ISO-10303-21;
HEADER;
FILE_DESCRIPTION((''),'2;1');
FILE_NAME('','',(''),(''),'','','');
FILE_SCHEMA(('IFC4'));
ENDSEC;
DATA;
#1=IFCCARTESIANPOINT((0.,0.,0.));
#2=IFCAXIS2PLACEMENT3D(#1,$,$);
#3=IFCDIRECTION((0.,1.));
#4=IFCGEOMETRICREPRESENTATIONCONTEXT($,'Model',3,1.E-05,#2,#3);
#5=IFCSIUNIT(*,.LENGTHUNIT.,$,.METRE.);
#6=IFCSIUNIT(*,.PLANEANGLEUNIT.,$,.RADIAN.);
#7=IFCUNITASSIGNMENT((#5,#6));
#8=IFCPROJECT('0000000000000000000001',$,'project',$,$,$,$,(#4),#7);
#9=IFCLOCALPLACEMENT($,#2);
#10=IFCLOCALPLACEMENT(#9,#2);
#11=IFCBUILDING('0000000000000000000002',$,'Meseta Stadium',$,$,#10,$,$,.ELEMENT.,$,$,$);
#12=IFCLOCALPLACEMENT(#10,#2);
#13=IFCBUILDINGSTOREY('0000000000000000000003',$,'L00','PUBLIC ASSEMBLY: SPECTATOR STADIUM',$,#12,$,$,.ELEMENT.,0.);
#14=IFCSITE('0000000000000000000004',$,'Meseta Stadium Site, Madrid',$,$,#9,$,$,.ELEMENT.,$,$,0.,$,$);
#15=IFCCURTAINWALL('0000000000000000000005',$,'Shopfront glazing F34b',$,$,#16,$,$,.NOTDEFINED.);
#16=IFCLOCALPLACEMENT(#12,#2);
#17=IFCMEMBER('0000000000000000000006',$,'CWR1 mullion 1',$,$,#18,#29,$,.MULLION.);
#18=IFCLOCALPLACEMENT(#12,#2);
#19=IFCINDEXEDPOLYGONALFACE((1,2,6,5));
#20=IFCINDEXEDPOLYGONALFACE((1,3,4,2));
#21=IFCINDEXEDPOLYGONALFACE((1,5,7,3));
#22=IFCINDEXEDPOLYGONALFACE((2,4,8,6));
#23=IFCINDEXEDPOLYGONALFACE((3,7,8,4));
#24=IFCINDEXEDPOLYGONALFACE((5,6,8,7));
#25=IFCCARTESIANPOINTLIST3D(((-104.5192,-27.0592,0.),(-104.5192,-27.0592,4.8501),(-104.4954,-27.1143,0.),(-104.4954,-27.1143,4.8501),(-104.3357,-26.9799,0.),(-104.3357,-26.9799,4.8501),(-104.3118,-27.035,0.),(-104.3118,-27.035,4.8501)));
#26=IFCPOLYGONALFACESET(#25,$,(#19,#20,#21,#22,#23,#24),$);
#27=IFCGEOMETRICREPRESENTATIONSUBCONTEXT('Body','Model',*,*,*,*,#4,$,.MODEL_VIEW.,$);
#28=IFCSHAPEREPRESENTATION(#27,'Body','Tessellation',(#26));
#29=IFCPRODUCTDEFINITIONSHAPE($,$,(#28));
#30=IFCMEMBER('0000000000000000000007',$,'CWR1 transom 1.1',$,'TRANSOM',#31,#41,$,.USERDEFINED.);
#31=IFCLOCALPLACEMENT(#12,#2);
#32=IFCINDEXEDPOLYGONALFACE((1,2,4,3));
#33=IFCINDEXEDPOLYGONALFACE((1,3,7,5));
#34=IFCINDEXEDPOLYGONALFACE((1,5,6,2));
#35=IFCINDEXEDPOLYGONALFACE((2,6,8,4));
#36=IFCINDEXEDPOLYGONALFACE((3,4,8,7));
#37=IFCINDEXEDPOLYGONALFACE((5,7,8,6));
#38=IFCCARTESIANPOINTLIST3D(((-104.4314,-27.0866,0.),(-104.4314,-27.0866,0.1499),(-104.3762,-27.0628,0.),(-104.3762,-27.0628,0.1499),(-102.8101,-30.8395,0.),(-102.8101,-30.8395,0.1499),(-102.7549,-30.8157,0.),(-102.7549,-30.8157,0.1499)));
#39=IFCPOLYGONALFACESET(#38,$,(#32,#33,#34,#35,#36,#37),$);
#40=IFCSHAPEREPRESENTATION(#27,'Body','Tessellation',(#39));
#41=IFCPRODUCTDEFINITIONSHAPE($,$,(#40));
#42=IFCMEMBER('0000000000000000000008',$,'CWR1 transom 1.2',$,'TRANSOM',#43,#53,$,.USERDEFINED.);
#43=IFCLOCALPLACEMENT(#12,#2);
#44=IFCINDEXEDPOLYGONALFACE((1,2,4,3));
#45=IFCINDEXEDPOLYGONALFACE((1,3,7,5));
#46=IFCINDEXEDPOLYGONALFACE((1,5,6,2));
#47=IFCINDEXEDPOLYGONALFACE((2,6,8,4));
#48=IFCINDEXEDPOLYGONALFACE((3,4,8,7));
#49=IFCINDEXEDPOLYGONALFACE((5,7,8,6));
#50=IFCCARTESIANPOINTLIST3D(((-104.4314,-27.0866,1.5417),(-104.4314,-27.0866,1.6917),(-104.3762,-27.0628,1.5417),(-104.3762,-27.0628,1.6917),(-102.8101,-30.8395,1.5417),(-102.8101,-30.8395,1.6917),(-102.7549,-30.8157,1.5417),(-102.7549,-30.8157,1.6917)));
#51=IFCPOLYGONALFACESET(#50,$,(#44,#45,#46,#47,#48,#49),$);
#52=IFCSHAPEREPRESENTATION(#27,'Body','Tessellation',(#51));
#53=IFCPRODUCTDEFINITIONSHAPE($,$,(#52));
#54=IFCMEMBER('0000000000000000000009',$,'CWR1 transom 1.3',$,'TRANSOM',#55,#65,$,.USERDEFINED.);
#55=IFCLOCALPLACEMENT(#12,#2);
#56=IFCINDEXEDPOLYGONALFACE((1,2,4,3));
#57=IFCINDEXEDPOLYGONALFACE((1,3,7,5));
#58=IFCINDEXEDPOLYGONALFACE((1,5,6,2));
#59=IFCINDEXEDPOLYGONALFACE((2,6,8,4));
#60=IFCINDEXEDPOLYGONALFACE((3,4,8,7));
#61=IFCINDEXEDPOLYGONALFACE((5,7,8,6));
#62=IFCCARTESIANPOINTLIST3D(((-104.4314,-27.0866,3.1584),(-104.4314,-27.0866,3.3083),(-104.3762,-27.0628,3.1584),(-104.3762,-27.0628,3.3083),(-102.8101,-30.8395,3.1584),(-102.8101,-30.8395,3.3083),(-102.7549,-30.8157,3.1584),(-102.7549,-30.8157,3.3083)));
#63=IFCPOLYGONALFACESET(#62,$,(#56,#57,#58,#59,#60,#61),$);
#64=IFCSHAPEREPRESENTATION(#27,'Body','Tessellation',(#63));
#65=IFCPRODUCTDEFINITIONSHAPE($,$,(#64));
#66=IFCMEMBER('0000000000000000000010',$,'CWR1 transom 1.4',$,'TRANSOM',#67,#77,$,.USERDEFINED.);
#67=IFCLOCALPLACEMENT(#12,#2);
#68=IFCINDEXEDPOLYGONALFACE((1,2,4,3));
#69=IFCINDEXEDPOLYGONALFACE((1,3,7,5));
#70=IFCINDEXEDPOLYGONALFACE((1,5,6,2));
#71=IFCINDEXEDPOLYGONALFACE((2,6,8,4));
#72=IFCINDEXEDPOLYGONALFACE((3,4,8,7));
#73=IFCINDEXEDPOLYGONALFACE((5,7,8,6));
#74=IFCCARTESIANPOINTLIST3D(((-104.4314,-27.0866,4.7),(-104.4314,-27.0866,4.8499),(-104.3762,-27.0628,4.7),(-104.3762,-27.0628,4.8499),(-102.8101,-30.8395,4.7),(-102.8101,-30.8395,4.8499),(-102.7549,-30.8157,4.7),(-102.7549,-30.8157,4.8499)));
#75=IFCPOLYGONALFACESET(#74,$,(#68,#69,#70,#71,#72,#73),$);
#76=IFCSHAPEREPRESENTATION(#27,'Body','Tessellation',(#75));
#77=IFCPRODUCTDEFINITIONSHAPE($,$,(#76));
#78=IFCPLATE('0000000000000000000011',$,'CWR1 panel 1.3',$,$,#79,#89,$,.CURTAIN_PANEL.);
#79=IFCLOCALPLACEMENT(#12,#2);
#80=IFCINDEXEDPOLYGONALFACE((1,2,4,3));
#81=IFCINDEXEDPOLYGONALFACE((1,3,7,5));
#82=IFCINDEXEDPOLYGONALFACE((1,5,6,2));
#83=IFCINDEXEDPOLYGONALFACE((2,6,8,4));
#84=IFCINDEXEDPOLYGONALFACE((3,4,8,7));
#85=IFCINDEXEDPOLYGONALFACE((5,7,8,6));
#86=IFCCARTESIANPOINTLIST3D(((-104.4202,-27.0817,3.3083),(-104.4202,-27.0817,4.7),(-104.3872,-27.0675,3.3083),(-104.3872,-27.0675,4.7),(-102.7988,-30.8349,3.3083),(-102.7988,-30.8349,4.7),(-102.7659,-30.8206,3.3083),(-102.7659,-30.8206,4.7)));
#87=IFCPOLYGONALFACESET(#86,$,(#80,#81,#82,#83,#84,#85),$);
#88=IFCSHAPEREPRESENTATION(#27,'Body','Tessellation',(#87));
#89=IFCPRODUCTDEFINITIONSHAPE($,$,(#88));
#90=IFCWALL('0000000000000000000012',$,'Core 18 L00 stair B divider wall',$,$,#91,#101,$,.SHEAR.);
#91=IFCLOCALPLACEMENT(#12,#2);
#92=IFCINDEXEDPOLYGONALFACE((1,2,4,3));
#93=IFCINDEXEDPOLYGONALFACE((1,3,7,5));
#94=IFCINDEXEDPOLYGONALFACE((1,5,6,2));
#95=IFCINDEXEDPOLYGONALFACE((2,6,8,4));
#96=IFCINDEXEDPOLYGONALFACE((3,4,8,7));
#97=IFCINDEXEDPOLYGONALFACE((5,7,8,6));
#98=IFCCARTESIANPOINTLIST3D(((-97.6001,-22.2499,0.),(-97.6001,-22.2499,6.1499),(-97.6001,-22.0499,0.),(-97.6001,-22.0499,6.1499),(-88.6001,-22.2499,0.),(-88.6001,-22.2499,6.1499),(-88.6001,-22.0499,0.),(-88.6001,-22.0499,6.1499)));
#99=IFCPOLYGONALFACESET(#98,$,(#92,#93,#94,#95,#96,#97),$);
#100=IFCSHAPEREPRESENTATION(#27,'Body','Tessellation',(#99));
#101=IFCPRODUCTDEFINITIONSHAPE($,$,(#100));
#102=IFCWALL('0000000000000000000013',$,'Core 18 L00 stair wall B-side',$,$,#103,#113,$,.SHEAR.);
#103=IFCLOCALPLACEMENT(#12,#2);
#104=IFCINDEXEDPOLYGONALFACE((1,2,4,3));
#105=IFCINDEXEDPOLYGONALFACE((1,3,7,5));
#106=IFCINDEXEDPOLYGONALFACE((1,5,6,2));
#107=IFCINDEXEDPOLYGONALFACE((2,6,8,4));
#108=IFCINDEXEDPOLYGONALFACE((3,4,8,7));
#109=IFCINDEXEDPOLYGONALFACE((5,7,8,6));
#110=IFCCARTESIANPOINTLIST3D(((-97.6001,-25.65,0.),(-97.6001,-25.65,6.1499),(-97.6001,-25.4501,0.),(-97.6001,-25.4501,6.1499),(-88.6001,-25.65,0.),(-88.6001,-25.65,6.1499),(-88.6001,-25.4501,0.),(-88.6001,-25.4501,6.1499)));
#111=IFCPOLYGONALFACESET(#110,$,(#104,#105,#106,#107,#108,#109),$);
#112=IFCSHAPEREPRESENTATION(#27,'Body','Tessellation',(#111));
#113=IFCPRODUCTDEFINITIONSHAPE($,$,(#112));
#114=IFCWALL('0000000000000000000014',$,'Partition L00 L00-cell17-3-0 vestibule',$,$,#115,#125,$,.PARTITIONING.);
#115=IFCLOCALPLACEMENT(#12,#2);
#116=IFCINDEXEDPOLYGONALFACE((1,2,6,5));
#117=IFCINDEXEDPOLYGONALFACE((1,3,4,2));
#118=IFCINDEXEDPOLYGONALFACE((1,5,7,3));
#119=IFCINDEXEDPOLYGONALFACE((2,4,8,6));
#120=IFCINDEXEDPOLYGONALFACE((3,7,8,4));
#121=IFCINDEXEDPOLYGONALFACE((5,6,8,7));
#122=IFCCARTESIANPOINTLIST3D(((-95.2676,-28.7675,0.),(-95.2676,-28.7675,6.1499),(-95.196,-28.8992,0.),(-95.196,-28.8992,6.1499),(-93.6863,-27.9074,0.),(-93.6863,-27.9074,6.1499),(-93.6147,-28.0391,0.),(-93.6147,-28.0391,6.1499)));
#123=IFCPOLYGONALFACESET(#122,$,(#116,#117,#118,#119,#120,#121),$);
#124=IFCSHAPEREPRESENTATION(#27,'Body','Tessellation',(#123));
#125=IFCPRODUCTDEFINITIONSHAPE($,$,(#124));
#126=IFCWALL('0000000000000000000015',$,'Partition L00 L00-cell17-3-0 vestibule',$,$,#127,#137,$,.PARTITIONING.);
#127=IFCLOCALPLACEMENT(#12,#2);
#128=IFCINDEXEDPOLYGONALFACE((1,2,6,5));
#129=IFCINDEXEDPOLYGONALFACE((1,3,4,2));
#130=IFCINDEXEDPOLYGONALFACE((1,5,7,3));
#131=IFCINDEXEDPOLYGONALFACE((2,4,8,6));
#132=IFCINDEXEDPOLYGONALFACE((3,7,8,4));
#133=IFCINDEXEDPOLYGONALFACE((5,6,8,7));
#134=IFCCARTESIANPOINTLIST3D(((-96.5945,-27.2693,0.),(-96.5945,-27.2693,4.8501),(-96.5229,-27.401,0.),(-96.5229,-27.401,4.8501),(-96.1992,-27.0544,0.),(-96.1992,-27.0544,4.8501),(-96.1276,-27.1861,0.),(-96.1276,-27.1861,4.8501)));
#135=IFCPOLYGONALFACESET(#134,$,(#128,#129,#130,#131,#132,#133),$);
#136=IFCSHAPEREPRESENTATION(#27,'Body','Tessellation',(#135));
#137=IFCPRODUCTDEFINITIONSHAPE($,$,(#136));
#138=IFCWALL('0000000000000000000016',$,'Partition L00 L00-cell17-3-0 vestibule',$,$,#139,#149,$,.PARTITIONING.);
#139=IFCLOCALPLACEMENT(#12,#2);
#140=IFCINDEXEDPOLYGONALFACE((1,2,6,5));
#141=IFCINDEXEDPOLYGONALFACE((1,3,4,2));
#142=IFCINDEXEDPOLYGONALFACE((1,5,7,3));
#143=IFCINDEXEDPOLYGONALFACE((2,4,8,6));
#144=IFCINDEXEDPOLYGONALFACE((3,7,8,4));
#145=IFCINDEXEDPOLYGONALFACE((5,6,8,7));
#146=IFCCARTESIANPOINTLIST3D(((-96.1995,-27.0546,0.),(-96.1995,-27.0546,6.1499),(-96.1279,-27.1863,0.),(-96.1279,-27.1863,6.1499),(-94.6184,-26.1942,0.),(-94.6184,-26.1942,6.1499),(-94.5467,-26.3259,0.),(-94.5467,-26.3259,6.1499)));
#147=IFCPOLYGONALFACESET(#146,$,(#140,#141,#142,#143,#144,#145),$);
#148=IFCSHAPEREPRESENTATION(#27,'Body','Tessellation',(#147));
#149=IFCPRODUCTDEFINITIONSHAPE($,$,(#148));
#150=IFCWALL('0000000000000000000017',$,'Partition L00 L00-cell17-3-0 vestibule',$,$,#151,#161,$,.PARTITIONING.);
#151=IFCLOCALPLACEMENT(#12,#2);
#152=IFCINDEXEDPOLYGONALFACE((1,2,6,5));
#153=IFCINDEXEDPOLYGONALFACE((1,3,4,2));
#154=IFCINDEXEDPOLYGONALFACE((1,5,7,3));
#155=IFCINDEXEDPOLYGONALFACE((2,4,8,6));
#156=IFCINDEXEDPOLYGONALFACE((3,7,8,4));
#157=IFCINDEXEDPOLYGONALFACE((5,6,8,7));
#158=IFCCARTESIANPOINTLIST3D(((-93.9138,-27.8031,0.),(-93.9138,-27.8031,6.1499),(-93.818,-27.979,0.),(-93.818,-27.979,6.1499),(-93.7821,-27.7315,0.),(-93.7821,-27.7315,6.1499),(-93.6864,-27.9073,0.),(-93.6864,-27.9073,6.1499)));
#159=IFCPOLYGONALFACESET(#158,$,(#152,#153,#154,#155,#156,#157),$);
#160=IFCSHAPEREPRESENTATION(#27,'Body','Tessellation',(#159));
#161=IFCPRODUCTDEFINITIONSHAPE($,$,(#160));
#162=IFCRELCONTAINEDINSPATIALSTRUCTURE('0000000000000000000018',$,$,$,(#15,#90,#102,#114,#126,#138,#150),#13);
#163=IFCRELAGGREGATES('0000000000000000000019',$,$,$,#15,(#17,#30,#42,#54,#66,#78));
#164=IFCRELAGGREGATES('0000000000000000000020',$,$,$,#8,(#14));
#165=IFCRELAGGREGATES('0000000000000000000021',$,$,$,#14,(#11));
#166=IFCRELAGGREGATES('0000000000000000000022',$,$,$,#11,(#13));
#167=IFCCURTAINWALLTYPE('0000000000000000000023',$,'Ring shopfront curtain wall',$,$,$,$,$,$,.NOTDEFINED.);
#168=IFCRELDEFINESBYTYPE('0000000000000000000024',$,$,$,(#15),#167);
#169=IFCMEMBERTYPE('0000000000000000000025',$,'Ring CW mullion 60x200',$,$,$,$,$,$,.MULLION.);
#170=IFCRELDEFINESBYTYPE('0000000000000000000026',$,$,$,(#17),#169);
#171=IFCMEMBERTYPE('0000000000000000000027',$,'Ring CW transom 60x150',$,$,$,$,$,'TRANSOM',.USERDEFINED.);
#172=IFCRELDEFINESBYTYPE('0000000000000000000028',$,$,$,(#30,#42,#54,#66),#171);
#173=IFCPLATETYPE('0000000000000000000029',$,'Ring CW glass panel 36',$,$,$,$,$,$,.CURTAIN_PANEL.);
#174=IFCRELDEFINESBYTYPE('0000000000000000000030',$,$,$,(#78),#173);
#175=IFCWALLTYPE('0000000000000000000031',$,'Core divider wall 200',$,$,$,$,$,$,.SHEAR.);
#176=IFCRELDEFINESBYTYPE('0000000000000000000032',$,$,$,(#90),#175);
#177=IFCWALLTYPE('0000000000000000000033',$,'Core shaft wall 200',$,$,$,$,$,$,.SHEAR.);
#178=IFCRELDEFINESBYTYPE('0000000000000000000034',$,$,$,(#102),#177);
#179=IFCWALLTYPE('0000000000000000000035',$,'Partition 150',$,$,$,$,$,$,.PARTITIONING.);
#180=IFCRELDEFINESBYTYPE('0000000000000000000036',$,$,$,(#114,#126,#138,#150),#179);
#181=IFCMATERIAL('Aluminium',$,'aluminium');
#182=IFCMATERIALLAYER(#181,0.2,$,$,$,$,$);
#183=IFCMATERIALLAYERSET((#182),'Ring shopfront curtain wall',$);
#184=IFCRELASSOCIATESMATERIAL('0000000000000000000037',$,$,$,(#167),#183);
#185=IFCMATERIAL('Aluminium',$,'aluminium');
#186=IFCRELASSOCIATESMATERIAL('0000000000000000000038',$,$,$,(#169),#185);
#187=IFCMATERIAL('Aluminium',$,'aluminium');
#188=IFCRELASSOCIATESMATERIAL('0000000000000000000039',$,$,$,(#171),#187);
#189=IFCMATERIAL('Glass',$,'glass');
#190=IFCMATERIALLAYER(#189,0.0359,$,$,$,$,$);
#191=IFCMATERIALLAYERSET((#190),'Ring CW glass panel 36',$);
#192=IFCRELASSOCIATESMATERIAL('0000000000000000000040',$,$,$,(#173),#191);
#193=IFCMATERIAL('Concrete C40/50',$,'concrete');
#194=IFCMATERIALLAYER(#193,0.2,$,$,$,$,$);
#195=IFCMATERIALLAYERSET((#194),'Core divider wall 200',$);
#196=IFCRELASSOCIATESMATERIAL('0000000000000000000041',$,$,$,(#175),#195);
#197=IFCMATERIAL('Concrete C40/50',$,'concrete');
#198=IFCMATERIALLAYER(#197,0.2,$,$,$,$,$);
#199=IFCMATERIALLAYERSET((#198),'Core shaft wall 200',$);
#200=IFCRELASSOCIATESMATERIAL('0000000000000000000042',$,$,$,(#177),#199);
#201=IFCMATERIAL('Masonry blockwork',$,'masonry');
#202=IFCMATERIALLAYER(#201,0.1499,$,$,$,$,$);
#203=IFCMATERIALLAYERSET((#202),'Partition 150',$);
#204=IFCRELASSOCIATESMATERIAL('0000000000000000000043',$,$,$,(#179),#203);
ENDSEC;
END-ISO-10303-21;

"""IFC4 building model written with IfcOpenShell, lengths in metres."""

from ifc_helpers import new_model, si_unit, direction, frame, frame_2d, origin, origin_2d, place, context, subcontext, project, spatial, rectangle, extrude, material, layer, layer_set, material_profile, profile_set, type_object, element, aggregate, save


model = new_model("IFC4")

# Units and contexts
model_context = context("Model", 3, precision=1e-05, world=origin(), true_north=direction((0.0, 1.0)))
body_context = subcontext(model_context, "Body", "Model", "MODEL_VIEW")
ifc_project = project(units=[si_unit("LENGTHUNIT", "METRE"), si_unit("PLANEANGLEUNIT", "RADIAN")], contexts=[model_context])

# Site, building, storey
site_placement = place(None, origin())
site = spatial("IfcSite", under=ifc_project, at=site_placement, Name="Meseta Stadium Site, Madrid", CompositionType="ELEMENT", RefElevation=0.0)
building_placement = place(site_placement, origin())
building = spatial("IfcBuilding", under=site, at=building_placement, Name="Meseta Stadium", CompositionType="ELEMENT")
storey_placement = place(building_placement, origin())
storey = spatial("IfcBuildingStorey", under=building, at=storey_placement, Name="L00", Description="PUBLIC ASSEMBLY: SPECTATOR STADIUM", CompositionType="ELEMENT", Elevation=0.0)

# Curtain wall, members, plate
ifc_material_1 = material(Name="Aluminium", Category="aluminium")
ifc_layer_1 = layer(ifc_material_1, 0.2)
ifc_layer_set_1 = layer_set([ifc_layer_1], Name="Ring shopfront curtain wall")
curtain_wall_type = type_object("IfcCurtainWallType", Name="Ring shopfront curtain wall", PredefinedType="NOTDEFINED", material=ifc_layer_set_1)
curtain_wall_placement = place(storey_placement, origin())
curtain_wall = element("IfcCurtainWall", 1, at=curtain_wall_placement, inside=storey, type_object=curtain_wall_type, Name="Shopfront glazing F34b", PredefinedType="NOTDEFINED")
ifc_material_2 = material(Name="Aluminium", Category="aluminium")
ifc_material_profile_1 = material_profile(ifc_material_2, rectangle(XDim=0.2, YDim=0.0601, at=origin_2d()), Name="CW 200x60")
ifc_profile_set_1 = profile_set([ifc_material_profile_1], Name="Aluminium")
member_type_1 = type_object("IfcMemberType", Name="Ring CW mullion 60x200", PredefinedType="MULLION", material=ifc_profile_set_1)
member_1_placement = place(storey_placement, frame((-104.4155, -27.0471, 0.0), z_axis=(0.0, 0.0, 1.0), x_axis=(0.918002, 0.396576, 0.0)))
member_1 = element("IfcMember", 2, at=member_1_placement, type_object=member_type_1, Name="CWR1 mullion 1", PredefinedType="MULLION", context=body_context, shape_type="SweptSolid", body=[
    extrude(rectangle(XDim=0.2, YDim=0.0601, at=origin_2d()), origin(), (0.0, 0.0, 1.0), 4.8501),
])
ifc_material_3 = material(Name="Aluminium", Category="aluminium")
ifc_material_profile_2 = material_profile(ifc_material_3, rectangle(XDim=0.0601, YDim=0.1499, at=origin_2d()), Name="CW 60x150")
ifc_profile_set_2 = profile_set([ifc_material_profile_2], Name="Aluminium")
member_type_2 = type_object("IfcMemberType", Name="Ring CW transom 60x150", ElementType="TRANSOM", PredefinedType="USERDEFINED", material=ifc_profile_set_2)
member_2_placement = place(storey_placement, frame((-104.4038, -27.0747, 0.075), z_axis=(0.396592, -0.917995, 0.0), x_axis=(0.917995, 0.396592, 0.0)))
member_2 = element("IfcMember", 3, at=member_2_placement, type_object=member_type_2, Name="CWR1 transom 1.1", ObjectType="TRANSOM", PredefinedType="USERDEFINED", context=body_context, shape_type="SweptSolid", body=[
    extrude(rectangle(XDim=0.0601, YDim=0.1499, at=origin_2d()), origin(), (0.0, 0.0, 1.0), 4.0881),
])
member_3_placement = place(storey_placement, frame((-104.4038, -27.0747, 1.6167), z_axis=(0.396592, -0.917995, 0.0), x_axis=(0.917995, 0.396592, 0.0)))
member_3 = element("IfcMember", 4, at=member_3_placement, type_object=member_type_2, Name="CWR1 transom 1.2", ObjectType="TRANSOM", PredefinedType="USERDEFINED", context=body_context, shape_type="SweptSolid", body=[
    extrude(rectangle(XDim=0.0601, YDim=0.1499, at=origin_2d()), origin(), (0.0, 0.0, 1.0), 4.0881),
])
member_4_placement = place(storey_placement, frame((-104.4038, -27.0747, 3.2334), z_axis=(0.396592, -0.917995, 0.0), x_axis=(0.917995, 0.396592, 0.0)))
member_4 = element("IfcMember", 5, at=member_4_placement, type_object=member_type_2, Name="CWR1 transom 1.3", ObjectType="TRANSOM", PredefinedType="USERDEFINED", context=body_context, shape_type="SweptSolid", body=[
    extrude(rectangle(XDim=0.0601, YDim=0.1499, at=origin_2d()), origin(), (0.0, 0.0, 1.0), 4.0881),
])
member_5_placement = place(storey_placement, frame((-104.4038, -27.0747, 4.7749), z_axis=(0.396592, -0.917995, 0.0), x_axis=(0.917995, 0.396592, 0.0)))
member_5 = element("IfcMember", 6, at=member_5_placement, type_object=member_type_2, Name="CWR1 transom 1.4", ObjectType="TRANSOM", PredefinedType="USERDEFINED", context=body_context, shape_type="SweptSolid", body=[
    extrude(rectangle(XDim=0.0601, YDim=0.1499, at=origin_2d()), origin(), (0.0, 0.0, 1.0), 4.0881),
])
ifc_material_4 = material(Name="Glass", Category="glass")
ifc_layer_2 = layer(ifc_material_4, 0.0359)
ifc_layer_set_2 = layer_set([ifc_layer_2], Name="Ring CW glass panel 36")
plate_type = type_object("IfcPlateType", Name="Ring CW glass panel 36", PredefinedType="CURTAIN_PANEL", material=ifc_layer_set_2)
plate_placement = place(storey_placement, frame((-103.593, -28.9512, 3.3083), z_axis=(0.0, 0.0, 1.0), x_axis=(0.396576, -0.918002, 0.0)))
plate = element("IfcPlate", 7, at=plate_placement, type_object=plate_type, Name="CWR1 panel 1.3", PredefinedType="CURTAIN_PANEL", context=body_context, shape_type="SweptSolid", body=[
    extrude(rectangle(XDim=4.0884, YDim=0.0359, at=origin_2d()), origin(), (0.0, 0.0, 1.0), 1.3916),
])
aggregate(curtain_wall, [member_1, member_2, member_3, member_4, member_5, plate])

# Walls
ifc_material_5 = material(Name="Concrete C40/50", Category="concrete")
ifc_layer_3 = layer(ifc_material_5, 0.2)
ifc_layer_set_3 = layer_set([ifc_layer_3], Name="Core divider wall 200")
wall_type_1 = type_object("IfcWallType", Name="Core divider wall 200", PredefinedType="SHEAR", material=ifc_layer_set_3)
wall_1_placement = place(storey_placement, frame((-97.6001, -22.1499, 0.0), z_axis=(0.0, 0.0, 1.0), x_axis=(1.0, 0.0, 0.0)))
element("IfcWall", 8, at=wall_1_placement, inside=storey, type_object=wall_type_1, Name="Core 18 L00 stair B divider wall", PredefinedType="SHEAR", context=body_context, shape_type="SweptSolid", body=[
    extrude(rectangle(XDim=9.0, YDim=0.2, at=frame_2d((4.5, 0.0))), origin(), (0.0, 0.0, 1.0), 6.1499),
])
ifc_material_6 = material(Name="Concrete C40/50", Category="concrete")
ifc_layer_4 = layer(ifc_material_6, 0.2)
ifc_layer_set_4 = layer_set([ifc_layer_4], Name="Core shaft wall 200")
wall_type_2 = type_object("IfcWallType", Name="Core shaft wall 200", PredefinedType="SHEAR", material=ifc_layer_set_4)
wall_2_placement = place(storey_placement, frame((-97.6001, -25.55, 0.0), z_axis=(0.0, 0.0, 1.0), x_axis=(1.0, 0.0, 0.0)))
element("IfcWall", 9, at=wall_2_placement, inside=storey, type_object=wall_type_2, Name="Core 18 L00 stair wall B-side", PredefinedType="SHEAR", context=body_context, shape_type="SweptSolid", body=[
    extrude(rectangle(XDim=9.0, YDim=0.2, at=frame_2d((4.5, 0.0))), origin(), (0.0, 0.0, 1.0), 6.1499),
])
ifc_material_7 = material(Name="Masonry blockwork", Category="masonry")
ifc_layer_5 = layer(ifc_material_7, 0.1499)
ifc_layer_set_5 = layer_set([ifc_layer_5], Name="Partition 150")
wall_type_3 = type_object("IfcWallType", Name="Partition 150", PredefinedType="PARTITIONING", material=ifc_layer_set_5)
wall_3_placement = place(storey_placement, frame((-95.2317, -28.8333, 0.0), z_axis=(0.0, 0.0, 1.0), x_axis=(0.87846, 0.477816, 0.0)))
element("IfcWall", 10, at=wall_3_placement, inside=storey, type_object=wall_type_3, Name="Partition L00 L00-cell17-3-0 vestibule", PredefinedType="PARTITIONING", context=body_context, shape_type="SweptSolid", body=[
    extrude(rectangle(XDim=1.8, YDim=0.1499, at=frame_2d((0.8999, 0.0))), origin(), (0.0, 0.0, 1.0), 6.1499),
])
wall_4_placement = place(storey_placement, frame((-96.5588, -27.3352, 0.0), z_axis=(0.0, 0.0, 1.0), x_axis=(0.8786, 0.477559, 0.0)))
element("IfcWall", 11, at=wall_4_placement, inside=storey, type_object=wall_type_3, Name="Partition L00 L00-cell17-3-0 vestibule", PredefinedType="PARTITIONING", context=body_context, shape_type="SweptSolid", body=[
    extrude(rectangle(XDim=0.45, YDim=0.1499, at=frame_2d((0.2251, 0.0))), origin(), (0.0, 0.0, 1.0), 4.8501),
])
wall_5_placement = place(storey_placement, frame((-96.1636, -27.1204, 0.0), z_axis=(0.0, 0.0, 1.0), x_axis=(0.878372, 0.477978, 0.0)))
element("IfcWall", 12, at=wall_5_placement, inside=storey, type_object=wall_type_3, Name="Partition L00 L00-cell17-3-0 vestibule", PredefinedType="PARTITIONING", context=body_context, shape_type="SweptSolid", body=[
    extrude(rectangle(XDim=1.8, YDim=0.1499, at=frame_2d((0.8999, 0.0))), origin(), (0.0, 0.0, 1.0), 6.1499),
])
wall_6_placement = place(storey_placement, frame((-93.7522, -27.9431, 0.0), z_axis=(0.0, 0.0, 1.0), x_axis=(-0.478168, 0.878268, 0.0)))
element("IfcWall", 13, at=wall_6_placement, inside=storey, type_object=wall_type_3, Name="Partition L00 L00-cell17-3-0 vestibule", PredefinedType="PARTITIONING", context=body_context, shape_type="SweptSolid", body=[
    extrude(rectangle(XDim=0.2002, YDim=0.1499, at=frame_2d((0.1001, 0.0))), origin(), (0.0, 0.0, 1.0), 6.1499),
])

save(model, "model.ifc")
